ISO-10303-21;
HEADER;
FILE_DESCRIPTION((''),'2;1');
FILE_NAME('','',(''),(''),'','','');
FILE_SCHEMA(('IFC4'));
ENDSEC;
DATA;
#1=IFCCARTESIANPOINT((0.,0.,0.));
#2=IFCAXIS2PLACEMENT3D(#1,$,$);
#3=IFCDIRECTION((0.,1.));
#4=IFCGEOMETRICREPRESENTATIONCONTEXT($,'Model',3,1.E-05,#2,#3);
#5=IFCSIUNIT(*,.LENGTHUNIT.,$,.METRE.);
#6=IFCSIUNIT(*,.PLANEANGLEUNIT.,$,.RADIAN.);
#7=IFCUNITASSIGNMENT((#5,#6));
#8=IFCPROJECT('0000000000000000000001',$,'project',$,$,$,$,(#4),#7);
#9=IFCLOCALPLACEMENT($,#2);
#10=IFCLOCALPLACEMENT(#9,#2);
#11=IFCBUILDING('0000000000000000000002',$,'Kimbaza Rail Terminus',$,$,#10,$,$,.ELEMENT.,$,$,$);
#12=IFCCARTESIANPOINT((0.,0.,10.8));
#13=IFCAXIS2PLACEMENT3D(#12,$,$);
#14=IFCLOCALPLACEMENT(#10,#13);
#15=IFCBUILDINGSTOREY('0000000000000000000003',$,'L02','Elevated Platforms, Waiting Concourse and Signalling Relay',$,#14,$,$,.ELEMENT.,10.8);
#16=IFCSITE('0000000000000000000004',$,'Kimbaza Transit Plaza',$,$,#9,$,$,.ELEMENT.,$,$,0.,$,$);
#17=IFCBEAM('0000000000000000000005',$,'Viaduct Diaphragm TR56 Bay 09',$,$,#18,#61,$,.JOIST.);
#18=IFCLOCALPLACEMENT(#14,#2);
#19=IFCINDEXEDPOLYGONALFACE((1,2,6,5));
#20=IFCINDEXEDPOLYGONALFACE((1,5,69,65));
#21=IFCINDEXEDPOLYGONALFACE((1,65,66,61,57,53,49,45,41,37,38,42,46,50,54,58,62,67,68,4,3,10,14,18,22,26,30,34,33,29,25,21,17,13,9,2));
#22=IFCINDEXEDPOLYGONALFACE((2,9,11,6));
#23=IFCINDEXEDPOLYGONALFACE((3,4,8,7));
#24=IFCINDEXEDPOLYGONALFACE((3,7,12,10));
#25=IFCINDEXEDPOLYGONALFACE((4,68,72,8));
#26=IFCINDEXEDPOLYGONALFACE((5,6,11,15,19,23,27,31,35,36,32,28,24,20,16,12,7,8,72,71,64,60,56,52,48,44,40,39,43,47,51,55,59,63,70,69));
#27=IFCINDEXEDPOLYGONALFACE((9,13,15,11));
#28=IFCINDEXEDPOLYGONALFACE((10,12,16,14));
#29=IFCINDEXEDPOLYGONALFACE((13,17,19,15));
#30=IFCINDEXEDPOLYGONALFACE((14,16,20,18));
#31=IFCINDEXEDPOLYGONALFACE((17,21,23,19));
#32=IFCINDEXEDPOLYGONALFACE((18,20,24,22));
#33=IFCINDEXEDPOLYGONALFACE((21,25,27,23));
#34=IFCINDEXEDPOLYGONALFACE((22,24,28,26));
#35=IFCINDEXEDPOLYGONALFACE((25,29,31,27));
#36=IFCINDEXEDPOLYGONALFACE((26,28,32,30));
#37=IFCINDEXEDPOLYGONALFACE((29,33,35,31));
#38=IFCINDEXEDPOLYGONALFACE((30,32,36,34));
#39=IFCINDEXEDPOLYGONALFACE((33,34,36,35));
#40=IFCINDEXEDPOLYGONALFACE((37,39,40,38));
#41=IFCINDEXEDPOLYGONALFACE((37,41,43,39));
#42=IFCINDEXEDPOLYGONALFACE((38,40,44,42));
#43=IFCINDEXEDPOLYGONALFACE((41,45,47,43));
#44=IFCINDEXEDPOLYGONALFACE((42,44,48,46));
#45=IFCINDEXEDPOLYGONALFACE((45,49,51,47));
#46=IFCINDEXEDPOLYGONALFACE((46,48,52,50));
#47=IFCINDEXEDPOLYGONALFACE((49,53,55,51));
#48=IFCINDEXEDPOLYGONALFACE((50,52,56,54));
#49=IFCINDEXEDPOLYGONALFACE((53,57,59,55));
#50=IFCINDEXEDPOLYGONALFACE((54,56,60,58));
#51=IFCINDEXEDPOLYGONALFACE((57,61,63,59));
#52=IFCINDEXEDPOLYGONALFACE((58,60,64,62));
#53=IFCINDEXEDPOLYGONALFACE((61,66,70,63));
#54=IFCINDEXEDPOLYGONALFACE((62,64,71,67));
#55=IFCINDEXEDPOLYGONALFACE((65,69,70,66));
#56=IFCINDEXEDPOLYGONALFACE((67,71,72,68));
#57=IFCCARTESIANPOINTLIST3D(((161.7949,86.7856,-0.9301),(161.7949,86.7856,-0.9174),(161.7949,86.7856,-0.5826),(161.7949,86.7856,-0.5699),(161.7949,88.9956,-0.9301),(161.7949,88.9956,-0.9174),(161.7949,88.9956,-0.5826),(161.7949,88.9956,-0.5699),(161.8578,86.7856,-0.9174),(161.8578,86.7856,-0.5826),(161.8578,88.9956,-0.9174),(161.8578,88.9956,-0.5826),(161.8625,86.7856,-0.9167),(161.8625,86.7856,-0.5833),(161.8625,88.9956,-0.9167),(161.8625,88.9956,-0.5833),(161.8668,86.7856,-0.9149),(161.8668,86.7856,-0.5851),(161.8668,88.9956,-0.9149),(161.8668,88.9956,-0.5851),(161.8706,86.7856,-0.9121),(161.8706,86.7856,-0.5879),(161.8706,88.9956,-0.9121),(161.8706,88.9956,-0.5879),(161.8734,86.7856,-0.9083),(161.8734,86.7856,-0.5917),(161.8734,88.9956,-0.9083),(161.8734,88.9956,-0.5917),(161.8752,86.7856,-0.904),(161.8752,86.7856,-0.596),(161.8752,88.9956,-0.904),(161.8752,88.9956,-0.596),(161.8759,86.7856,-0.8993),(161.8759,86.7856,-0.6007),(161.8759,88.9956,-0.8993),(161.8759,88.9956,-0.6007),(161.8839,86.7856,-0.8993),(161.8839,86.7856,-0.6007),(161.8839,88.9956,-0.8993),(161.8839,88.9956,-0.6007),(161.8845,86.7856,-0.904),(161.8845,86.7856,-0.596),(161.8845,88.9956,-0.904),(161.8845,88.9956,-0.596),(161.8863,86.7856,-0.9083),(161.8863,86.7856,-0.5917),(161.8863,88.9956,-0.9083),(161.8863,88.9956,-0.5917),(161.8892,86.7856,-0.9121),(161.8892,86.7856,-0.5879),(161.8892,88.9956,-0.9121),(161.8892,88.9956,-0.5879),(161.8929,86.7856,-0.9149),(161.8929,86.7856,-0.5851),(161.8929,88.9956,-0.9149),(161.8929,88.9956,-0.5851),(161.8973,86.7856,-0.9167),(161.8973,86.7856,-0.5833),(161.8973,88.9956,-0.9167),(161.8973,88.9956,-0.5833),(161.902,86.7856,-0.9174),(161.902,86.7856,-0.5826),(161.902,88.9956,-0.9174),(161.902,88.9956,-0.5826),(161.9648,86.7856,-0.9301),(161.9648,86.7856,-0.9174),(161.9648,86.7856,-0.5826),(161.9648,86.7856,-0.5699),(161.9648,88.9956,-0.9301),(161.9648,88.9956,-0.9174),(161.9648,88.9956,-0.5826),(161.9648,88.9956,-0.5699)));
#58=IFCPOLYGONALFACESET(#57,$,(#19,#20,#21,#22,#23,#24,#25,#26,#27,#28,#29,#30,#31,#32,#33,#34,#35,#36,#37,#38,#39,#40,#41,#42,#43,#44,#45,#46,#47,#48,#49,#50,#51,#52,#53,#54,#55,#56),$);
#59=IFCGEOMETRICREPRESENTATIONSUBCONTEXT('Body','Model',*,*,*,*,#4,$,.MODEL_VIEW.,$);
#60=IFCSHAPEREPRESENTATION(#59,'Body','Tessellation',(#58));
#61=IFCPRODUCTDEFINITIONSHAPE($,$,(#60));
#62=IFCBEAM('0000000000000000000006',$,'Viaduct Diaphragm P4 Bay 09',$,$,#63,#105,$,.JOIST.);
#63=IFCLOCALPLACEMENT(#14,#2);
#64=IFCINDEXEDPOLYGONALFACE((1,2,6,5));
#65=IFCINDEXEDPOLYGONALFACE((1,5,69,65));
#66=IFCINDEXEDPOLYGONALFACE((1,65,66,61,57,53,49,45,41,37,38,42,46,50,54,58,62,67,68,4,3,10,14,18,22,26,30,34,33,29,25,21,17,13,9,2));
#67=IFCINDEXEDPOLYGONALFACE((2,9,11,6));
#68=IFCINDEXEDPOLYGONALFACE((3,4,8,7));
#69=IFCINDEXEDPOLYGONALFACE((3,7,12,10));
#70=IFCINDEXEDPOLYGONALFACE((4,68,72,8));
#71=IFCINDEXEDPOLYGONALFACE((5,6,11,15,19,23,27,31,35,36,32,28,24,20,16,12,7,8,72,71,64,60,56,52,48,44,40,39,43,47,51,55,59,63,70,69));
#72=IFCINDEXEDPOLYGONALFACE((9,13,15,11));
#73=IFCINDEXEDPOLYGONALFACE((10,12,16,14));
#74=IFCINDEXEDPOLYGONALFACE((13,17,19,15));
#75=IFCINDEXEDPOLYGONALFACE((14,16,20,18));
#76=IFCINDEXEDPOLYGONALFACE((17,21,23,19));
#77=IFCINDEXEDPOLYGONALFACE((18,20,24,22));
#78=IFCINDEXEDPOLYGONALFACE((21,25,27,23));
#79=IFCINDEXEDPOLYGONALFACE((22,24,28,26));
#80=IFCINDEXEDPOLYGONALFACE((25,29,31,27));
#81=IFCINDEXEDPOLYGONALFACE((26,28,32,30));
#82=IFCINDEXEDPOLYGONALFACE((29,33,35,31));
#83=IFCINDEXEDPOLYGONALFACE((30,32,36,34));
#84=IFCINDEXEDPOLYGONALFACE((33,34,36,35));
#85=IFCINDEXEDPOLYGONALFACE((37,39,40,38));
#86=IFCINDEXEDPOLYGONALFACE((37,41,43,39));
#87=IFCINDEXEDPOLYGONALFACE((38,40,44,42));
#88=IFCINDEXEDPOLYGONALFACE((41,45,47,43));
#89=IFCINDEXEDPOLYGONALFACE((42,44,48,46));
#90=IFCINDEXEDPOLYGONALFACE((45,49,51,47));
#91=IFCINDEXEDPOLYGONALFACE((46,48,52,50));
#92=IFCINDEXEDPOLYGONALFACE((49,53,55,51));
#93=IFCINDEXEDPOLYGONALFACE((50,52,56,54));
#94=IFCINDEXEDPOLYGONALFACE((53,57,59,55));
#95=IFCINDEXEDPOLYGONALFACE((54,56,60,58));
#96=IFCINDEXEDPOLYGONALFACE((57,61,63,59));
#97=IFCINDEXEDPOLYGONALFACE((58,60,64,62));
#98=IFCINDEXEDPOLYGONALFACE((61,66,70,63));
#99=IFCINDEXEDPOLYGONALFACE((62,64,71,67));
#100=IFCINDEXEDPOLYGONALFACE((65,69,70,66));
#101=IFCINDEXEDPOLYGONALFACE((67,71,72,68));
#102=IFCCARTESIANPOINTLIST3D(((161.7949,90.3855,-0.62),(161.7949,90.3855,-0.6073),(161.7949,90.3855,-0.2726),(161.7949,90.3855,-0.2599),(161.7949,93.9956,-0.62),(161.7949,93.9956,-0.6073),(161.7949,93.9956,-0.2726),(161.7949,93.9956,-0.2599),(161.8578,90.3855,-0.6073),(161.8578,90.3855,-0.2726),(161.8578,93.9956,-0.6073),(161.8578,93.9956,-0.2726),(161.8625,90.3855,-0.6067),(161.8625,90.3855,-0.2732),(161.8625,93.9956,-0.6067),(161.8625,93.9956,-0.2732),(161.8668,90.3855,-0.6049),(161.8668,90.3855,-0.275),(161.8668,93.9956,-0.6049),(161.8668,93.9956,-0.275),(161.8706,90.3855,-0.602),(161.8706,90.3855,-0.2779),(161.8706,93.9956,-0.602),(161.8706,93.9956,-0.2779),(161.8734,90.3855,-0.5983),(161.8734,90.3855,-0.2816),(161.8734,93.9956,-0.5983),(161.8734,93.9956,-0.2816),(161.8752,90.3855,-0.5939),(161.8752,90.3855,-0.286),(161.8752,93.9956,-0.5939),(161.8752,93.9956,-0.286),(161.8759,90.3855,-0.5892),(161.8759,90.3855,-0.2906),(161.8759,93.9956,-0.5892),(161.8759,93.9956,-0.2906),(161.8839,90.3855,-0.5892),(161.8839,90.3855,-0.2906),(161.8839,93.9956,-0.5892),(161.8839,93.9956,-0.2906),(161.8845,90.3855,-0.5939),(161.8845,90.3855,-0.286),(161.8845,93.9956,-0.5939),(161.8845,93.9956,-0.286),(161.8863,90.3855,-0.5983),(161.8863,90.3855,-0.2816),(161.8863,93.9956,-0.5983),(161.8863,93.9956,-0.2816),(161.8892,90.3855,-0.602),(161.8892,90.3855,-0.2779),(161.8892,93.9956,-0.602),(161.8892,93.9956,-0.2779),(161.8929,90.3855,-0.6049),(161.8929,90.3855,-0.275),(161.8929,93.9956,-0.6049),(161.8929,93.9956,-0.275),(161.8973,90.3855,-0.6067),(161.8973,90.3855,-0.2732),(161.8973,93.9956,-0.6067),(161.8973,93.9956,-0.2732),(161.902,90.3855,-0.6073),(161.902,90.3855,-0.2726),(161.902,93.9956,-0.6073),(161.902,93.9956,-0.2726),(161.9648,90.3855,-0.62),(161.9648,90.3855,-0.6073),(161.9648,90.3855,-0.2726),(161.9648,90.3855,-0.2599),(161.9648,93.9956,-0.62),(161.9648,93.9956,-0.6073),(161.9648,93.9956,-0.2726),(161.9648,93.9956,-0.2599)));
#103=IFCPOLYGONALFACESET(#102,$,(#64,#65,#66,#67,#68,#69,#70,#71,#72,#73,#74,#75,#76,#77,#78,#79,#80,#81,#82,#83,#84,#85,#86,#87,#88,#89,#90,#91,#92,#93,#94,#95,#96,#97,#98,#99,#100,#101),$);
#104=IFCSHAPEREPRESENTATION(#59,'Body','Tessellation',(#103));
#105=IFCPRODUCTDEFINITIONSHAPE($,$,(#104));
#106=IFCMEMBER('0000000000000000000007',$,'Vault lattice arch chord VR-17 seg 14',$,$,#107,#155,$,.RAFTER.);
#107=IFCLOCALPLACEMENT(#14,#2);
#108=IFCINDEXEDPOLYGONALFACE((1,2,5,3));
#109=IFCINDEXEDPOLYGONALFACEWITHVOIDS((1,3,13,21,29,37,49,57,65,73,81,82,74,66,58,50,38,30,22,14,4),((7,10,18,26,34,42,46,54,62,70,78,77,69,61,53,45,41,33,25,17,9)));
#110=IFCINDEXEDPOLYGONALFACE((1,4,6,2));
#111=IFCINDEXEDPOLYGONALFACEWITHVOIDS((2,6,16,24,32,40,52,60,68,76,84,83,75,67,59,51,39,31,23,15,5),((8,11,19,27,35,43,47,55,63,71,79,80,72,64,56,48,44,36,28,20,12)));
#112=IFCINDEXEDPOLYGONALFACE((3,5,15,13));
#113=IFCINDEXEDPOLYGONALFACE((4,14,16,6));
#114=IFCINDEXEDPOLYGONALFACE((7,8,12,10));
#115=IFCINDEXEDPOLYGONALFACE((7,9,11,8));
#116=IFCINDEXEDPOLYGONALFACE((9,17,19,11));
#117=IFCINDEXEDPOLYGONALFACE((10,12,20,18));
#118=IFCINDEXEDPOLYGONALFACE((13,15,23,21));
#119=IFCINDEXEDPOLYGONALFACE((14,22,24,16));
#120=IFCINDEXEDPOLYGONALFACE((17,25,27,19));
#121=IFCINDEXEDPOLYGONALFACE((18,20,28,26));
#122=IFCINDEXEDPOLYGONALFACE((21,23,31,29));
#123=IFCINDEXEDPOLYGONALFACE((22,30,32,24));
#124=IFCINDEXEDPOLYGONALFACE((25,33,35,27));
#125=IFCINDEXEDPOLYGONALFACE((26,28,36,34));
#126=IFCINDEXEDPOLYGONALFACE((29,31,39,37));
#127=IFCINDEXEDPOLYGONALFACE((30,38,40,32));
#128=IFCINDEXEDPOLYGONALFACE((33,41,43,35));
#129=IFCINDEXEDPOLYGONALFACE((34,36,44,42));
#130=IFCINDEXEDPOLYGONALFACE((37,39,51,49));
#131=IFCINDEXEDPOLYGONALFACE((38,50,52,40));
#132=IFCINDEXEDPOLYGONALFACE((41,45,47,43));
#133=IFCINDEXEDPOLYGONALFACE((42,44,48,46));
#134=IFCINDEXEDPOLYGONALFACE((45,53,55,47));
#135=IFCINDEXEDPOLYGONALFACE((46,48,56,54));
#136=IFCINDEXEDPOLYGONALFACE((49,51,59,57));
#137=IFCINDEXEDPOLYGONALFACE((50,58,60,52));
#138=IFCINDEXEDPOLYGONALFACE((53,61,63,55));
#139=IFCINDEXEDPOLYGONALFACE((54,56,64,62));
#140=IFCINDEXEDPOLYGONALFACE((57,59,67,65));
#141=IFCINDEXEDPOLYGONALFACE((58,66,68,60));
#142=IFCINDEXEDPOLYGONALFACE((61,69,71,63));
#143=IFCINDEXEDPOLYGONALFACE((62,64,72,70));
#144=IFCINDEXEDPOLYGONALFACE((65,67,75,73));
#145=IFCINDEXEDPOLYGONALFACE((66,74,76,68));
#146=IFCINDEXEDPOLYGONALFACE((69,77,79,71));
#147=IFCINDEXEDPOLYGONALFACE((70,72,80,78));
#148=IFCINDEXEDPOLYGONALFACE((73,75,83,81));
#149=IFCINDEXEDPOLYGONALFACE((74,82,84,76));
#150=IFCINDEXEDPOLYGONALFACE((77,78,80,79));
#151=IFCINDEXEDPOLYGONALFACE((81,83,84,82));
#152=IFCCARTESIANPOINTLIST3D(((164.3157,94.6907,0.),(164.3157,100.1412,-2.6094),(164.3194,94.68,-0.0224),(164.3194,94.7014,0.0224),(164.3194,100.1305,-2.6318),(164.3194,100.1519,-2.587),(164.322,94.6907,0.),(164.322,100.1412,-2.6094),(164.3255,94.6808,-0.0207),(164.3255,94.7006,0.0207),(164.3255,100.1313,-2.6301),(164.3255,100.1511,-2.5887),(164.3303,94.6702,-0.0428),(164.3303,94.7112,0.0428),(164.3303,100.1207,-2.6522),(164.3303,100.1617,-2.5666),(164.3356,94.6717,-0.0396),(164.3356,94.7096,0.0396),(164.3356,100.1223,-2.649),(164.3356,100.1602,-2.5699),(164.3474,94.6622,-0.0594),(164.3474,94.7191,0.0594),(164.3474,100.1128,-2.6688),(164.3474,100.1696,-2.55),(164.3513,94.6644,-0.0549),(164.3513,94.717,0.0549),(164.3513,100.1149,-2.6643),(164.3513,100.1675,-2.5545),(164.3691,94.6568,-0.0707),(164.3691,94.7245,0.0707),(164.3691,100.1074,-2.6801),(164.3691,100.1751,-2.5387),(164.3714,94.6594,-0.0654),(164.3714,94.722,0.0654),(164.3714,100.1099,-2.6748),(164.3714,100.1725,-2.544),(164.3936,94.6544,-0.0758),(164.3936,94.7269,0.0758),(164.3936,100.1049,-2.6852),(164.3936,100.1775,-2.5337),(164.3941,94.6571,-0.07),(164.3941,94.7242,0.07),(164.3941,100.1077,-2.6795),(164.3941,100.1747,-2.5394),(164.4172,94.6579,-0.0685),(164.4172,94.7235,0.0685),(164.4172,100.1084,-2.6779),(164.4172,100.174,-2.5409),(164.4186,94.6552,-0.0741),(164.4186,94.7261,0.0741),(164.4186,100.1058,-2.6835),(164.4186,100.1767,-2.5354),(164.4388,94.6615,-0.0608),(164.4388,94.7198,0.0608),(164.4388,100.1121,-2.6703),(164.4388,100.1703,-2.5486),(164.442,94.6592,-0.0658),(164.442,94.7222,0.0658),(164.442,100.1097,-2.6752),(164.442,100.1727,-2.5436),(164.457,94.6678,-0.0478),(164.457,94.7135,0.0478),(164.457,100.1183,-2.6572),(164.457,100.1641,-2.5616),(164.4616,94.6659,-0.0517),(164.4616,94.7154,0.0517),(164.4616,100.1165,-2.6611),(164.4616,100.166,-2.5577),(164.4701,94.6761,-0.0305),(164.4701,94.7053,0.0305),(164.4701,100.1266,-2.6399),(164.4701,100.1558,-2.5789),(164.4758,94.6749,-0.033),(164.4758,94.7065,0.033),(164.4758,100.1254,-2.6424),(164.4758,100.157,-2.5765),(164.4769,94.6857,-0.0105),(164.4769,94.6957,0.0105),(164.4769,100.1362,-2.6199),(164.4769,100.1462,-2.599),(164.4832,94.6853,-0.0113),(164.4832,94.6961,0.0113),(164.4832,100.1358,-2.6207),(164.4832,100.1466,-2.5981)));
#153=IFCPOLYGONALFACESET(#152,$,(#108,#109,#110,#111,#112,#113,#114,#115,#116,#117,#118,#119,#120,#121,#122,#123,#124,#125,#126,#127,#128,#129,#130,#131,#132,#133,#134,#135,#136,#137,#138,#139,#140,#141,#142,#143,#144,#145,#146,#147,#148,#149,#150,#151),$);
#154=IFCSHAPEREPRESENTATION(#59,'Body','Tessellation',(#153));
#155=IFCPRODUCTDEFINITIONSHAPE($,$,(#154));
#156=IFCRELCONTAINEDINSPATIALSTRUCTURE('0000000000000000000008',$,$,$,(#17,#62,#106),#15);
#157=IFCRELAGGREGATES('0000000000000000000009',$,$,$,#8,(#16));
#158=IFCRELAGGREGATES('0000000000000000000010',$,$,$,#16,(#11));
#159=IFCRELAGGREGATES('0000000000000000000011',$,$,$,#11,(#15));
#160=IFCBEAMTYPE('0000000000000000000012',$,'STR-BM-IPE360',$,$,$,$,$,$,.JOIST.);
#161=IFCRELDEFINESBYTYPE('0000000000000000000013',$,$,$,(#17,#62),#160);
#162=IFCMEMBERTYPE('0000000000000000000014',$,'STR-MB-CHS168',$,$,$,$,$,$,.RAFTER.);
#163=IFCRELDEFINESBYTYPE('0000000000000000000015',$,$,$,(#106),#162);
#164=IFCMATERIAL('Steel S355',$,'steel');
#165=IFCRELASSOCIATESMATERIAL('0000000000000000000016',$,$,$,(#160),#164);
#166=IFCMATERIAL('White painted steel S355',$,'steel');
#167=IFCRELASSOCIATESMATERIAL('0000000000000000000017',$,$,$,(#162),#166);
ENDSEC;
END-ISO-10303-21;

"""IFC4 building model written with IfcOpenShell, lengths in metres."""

from ifc_helpers import new_model, si_unit, direction, frame, origin, origin_2d, place, context, subcontext, project, spatial, hollow_circle, i_section, extrude, material, material_profile, profile_set, type_object, element, save


model = new_model("IFC4")

# Units and contexts
model_context = context("Model", 3, precision=1e-05, world=origin(), true_north=direction((0.0, 1.0)))
body_context = subcontext(model_context, "Body", "Model", "MODEL_VIEW")
ifc_project = project(units=[si_unit("LENGTHUNIT", "METRE"), si_unit("PLANEANGLEUNIT", "RADIAN")], contexts=[model_context])

# Site, building, storey
site_placement = place(None, origin())
site = spatial("IfcSite", under=ifc_project, at=site_placement, Name="Kimbaza Transit Plaza", CompositionType="ELEMENT", RefElevation=0.0)
building_placement = place(site_placement, origin())
building = spatial("IfcBuilding", under=site, at=building_placement, Name="Kimbaza Rail Terminus", CompositionType="ELEMENT")
storey_placement = place(building_placement, frame((0.0, 0.0, 10.8)))
storey = spatial("IfcBuildingStorey", under=building, at=storey_placement, Name="L02", Description="Elevated Platforms, Waiting Concourse and Signalling Relay", CompositionType="ELEMENT", Elevation=10.8)

# Beams
ifc_material_1 = material(Name="Steel S355", Category="steel")
ifc_material_profile_1 = material_profile(ifc_material_1, i_section(OverallWidth=0.1699, OverallDepth=0.3601, WebThickness=0.0081, FlangeThickness=0.0127, FilletRadius=0.0181, at=origin_2d()), Name="IPE 360")
ifc_profile_set_1 = profile_set([ifc_material_profile_1], Name="Steel S355")
beam_type_1 = type_object("IfcBeamType", Name="STR-BM-IPE360", PredefinedType="JOIST", material=ifc_profile_set_1)
beam_1_placement = place(storey_placement, frame((161.8799, 86.7856, -0.75), z_axis=(0.0, 1.0, 0.0), x_axis=(-1.0, 0.0, 0.0)))
element("IfcBeam", 1, at=beam_1_placement, inside=storey, type_object=beam_type_1, Name="Viaduct Diaphragm TR56 Bay 09", PredefinedType="JOIST", context=body_context, shape_type="SweptSolid", body=[
    extrude(i_section(OverallWidth=0.1699, OverallDepth=0.3601, WebThickness=0.0081, FlangeThickness=0.0127, FilletRadius=0.0181, at=origin_2d()), origin(), (0.0, 0.0, 1.0), 2.21),
])
beam_2_placement = place(storey_placement, frame((161.8799, 90.3855, -0.4399), z_axis=(0.0, 1.0, 0.0), x_axis=(-1.0, 0.0, 0.0)))
element("IfcBeam", 2, at=beam_2_placement, inside=storey, type_object=beam_type_1, Name="Viaduct Diaphragm P4 Bay 09", PredefinedType="JOIST", context=body_context, shape_type="SweptSolid", body=[
    extrude(i_section(OverallWidth=0.1699, OverallDepth=0.3601, WebThickness=0.0081, FlangeThickness=0.0127, FilletRadius=0.0181, at=origin_2d()), origin(), (0.0, 0.0, 1.0), 3.6101),
])

# Member
ifc_material_2 = material(Name="White painted steel S355", Category="steel")
ifc_material_profile_2 = material_profile(ifc_material_2, hollow_circle(Radius=0.0842, WallThickness=0.0063, at=origin_2d()), Name="CHS 168.3x6.3")
ifc_profile_set_2 = profile_set([ifc_material_profile_2], Name="White painted steel S355")
member_type_1 = type_object("IfcMemberType", Name="STR-MB-CHS168", PredefinedType="RAFTER", material=ifc_profile_set_2)
member_1_placement = place(storey_placement, frame((164.3999, 94.6907, 0.0), z_axis=(0.0, 0.901964, -0.431811), x_axis=(-1.0, 0.0, 0.0)))
element("IfcMember", 3, at=member_1_placement, inside=storey, type_object=member_type_1, Name="Vault lattice arch chord VR-17 seg 14", PredefinedType="RAFTER", context=body_context, shape_type="SweptSolid", body=[
    extrude(hollow_circle(Radius=0.0842, WallThickness=0.0063, at=origin_2d()), origin(), (0.0, 0.0, 1.0), 6.043),
])

save(model, "model.ifc")
